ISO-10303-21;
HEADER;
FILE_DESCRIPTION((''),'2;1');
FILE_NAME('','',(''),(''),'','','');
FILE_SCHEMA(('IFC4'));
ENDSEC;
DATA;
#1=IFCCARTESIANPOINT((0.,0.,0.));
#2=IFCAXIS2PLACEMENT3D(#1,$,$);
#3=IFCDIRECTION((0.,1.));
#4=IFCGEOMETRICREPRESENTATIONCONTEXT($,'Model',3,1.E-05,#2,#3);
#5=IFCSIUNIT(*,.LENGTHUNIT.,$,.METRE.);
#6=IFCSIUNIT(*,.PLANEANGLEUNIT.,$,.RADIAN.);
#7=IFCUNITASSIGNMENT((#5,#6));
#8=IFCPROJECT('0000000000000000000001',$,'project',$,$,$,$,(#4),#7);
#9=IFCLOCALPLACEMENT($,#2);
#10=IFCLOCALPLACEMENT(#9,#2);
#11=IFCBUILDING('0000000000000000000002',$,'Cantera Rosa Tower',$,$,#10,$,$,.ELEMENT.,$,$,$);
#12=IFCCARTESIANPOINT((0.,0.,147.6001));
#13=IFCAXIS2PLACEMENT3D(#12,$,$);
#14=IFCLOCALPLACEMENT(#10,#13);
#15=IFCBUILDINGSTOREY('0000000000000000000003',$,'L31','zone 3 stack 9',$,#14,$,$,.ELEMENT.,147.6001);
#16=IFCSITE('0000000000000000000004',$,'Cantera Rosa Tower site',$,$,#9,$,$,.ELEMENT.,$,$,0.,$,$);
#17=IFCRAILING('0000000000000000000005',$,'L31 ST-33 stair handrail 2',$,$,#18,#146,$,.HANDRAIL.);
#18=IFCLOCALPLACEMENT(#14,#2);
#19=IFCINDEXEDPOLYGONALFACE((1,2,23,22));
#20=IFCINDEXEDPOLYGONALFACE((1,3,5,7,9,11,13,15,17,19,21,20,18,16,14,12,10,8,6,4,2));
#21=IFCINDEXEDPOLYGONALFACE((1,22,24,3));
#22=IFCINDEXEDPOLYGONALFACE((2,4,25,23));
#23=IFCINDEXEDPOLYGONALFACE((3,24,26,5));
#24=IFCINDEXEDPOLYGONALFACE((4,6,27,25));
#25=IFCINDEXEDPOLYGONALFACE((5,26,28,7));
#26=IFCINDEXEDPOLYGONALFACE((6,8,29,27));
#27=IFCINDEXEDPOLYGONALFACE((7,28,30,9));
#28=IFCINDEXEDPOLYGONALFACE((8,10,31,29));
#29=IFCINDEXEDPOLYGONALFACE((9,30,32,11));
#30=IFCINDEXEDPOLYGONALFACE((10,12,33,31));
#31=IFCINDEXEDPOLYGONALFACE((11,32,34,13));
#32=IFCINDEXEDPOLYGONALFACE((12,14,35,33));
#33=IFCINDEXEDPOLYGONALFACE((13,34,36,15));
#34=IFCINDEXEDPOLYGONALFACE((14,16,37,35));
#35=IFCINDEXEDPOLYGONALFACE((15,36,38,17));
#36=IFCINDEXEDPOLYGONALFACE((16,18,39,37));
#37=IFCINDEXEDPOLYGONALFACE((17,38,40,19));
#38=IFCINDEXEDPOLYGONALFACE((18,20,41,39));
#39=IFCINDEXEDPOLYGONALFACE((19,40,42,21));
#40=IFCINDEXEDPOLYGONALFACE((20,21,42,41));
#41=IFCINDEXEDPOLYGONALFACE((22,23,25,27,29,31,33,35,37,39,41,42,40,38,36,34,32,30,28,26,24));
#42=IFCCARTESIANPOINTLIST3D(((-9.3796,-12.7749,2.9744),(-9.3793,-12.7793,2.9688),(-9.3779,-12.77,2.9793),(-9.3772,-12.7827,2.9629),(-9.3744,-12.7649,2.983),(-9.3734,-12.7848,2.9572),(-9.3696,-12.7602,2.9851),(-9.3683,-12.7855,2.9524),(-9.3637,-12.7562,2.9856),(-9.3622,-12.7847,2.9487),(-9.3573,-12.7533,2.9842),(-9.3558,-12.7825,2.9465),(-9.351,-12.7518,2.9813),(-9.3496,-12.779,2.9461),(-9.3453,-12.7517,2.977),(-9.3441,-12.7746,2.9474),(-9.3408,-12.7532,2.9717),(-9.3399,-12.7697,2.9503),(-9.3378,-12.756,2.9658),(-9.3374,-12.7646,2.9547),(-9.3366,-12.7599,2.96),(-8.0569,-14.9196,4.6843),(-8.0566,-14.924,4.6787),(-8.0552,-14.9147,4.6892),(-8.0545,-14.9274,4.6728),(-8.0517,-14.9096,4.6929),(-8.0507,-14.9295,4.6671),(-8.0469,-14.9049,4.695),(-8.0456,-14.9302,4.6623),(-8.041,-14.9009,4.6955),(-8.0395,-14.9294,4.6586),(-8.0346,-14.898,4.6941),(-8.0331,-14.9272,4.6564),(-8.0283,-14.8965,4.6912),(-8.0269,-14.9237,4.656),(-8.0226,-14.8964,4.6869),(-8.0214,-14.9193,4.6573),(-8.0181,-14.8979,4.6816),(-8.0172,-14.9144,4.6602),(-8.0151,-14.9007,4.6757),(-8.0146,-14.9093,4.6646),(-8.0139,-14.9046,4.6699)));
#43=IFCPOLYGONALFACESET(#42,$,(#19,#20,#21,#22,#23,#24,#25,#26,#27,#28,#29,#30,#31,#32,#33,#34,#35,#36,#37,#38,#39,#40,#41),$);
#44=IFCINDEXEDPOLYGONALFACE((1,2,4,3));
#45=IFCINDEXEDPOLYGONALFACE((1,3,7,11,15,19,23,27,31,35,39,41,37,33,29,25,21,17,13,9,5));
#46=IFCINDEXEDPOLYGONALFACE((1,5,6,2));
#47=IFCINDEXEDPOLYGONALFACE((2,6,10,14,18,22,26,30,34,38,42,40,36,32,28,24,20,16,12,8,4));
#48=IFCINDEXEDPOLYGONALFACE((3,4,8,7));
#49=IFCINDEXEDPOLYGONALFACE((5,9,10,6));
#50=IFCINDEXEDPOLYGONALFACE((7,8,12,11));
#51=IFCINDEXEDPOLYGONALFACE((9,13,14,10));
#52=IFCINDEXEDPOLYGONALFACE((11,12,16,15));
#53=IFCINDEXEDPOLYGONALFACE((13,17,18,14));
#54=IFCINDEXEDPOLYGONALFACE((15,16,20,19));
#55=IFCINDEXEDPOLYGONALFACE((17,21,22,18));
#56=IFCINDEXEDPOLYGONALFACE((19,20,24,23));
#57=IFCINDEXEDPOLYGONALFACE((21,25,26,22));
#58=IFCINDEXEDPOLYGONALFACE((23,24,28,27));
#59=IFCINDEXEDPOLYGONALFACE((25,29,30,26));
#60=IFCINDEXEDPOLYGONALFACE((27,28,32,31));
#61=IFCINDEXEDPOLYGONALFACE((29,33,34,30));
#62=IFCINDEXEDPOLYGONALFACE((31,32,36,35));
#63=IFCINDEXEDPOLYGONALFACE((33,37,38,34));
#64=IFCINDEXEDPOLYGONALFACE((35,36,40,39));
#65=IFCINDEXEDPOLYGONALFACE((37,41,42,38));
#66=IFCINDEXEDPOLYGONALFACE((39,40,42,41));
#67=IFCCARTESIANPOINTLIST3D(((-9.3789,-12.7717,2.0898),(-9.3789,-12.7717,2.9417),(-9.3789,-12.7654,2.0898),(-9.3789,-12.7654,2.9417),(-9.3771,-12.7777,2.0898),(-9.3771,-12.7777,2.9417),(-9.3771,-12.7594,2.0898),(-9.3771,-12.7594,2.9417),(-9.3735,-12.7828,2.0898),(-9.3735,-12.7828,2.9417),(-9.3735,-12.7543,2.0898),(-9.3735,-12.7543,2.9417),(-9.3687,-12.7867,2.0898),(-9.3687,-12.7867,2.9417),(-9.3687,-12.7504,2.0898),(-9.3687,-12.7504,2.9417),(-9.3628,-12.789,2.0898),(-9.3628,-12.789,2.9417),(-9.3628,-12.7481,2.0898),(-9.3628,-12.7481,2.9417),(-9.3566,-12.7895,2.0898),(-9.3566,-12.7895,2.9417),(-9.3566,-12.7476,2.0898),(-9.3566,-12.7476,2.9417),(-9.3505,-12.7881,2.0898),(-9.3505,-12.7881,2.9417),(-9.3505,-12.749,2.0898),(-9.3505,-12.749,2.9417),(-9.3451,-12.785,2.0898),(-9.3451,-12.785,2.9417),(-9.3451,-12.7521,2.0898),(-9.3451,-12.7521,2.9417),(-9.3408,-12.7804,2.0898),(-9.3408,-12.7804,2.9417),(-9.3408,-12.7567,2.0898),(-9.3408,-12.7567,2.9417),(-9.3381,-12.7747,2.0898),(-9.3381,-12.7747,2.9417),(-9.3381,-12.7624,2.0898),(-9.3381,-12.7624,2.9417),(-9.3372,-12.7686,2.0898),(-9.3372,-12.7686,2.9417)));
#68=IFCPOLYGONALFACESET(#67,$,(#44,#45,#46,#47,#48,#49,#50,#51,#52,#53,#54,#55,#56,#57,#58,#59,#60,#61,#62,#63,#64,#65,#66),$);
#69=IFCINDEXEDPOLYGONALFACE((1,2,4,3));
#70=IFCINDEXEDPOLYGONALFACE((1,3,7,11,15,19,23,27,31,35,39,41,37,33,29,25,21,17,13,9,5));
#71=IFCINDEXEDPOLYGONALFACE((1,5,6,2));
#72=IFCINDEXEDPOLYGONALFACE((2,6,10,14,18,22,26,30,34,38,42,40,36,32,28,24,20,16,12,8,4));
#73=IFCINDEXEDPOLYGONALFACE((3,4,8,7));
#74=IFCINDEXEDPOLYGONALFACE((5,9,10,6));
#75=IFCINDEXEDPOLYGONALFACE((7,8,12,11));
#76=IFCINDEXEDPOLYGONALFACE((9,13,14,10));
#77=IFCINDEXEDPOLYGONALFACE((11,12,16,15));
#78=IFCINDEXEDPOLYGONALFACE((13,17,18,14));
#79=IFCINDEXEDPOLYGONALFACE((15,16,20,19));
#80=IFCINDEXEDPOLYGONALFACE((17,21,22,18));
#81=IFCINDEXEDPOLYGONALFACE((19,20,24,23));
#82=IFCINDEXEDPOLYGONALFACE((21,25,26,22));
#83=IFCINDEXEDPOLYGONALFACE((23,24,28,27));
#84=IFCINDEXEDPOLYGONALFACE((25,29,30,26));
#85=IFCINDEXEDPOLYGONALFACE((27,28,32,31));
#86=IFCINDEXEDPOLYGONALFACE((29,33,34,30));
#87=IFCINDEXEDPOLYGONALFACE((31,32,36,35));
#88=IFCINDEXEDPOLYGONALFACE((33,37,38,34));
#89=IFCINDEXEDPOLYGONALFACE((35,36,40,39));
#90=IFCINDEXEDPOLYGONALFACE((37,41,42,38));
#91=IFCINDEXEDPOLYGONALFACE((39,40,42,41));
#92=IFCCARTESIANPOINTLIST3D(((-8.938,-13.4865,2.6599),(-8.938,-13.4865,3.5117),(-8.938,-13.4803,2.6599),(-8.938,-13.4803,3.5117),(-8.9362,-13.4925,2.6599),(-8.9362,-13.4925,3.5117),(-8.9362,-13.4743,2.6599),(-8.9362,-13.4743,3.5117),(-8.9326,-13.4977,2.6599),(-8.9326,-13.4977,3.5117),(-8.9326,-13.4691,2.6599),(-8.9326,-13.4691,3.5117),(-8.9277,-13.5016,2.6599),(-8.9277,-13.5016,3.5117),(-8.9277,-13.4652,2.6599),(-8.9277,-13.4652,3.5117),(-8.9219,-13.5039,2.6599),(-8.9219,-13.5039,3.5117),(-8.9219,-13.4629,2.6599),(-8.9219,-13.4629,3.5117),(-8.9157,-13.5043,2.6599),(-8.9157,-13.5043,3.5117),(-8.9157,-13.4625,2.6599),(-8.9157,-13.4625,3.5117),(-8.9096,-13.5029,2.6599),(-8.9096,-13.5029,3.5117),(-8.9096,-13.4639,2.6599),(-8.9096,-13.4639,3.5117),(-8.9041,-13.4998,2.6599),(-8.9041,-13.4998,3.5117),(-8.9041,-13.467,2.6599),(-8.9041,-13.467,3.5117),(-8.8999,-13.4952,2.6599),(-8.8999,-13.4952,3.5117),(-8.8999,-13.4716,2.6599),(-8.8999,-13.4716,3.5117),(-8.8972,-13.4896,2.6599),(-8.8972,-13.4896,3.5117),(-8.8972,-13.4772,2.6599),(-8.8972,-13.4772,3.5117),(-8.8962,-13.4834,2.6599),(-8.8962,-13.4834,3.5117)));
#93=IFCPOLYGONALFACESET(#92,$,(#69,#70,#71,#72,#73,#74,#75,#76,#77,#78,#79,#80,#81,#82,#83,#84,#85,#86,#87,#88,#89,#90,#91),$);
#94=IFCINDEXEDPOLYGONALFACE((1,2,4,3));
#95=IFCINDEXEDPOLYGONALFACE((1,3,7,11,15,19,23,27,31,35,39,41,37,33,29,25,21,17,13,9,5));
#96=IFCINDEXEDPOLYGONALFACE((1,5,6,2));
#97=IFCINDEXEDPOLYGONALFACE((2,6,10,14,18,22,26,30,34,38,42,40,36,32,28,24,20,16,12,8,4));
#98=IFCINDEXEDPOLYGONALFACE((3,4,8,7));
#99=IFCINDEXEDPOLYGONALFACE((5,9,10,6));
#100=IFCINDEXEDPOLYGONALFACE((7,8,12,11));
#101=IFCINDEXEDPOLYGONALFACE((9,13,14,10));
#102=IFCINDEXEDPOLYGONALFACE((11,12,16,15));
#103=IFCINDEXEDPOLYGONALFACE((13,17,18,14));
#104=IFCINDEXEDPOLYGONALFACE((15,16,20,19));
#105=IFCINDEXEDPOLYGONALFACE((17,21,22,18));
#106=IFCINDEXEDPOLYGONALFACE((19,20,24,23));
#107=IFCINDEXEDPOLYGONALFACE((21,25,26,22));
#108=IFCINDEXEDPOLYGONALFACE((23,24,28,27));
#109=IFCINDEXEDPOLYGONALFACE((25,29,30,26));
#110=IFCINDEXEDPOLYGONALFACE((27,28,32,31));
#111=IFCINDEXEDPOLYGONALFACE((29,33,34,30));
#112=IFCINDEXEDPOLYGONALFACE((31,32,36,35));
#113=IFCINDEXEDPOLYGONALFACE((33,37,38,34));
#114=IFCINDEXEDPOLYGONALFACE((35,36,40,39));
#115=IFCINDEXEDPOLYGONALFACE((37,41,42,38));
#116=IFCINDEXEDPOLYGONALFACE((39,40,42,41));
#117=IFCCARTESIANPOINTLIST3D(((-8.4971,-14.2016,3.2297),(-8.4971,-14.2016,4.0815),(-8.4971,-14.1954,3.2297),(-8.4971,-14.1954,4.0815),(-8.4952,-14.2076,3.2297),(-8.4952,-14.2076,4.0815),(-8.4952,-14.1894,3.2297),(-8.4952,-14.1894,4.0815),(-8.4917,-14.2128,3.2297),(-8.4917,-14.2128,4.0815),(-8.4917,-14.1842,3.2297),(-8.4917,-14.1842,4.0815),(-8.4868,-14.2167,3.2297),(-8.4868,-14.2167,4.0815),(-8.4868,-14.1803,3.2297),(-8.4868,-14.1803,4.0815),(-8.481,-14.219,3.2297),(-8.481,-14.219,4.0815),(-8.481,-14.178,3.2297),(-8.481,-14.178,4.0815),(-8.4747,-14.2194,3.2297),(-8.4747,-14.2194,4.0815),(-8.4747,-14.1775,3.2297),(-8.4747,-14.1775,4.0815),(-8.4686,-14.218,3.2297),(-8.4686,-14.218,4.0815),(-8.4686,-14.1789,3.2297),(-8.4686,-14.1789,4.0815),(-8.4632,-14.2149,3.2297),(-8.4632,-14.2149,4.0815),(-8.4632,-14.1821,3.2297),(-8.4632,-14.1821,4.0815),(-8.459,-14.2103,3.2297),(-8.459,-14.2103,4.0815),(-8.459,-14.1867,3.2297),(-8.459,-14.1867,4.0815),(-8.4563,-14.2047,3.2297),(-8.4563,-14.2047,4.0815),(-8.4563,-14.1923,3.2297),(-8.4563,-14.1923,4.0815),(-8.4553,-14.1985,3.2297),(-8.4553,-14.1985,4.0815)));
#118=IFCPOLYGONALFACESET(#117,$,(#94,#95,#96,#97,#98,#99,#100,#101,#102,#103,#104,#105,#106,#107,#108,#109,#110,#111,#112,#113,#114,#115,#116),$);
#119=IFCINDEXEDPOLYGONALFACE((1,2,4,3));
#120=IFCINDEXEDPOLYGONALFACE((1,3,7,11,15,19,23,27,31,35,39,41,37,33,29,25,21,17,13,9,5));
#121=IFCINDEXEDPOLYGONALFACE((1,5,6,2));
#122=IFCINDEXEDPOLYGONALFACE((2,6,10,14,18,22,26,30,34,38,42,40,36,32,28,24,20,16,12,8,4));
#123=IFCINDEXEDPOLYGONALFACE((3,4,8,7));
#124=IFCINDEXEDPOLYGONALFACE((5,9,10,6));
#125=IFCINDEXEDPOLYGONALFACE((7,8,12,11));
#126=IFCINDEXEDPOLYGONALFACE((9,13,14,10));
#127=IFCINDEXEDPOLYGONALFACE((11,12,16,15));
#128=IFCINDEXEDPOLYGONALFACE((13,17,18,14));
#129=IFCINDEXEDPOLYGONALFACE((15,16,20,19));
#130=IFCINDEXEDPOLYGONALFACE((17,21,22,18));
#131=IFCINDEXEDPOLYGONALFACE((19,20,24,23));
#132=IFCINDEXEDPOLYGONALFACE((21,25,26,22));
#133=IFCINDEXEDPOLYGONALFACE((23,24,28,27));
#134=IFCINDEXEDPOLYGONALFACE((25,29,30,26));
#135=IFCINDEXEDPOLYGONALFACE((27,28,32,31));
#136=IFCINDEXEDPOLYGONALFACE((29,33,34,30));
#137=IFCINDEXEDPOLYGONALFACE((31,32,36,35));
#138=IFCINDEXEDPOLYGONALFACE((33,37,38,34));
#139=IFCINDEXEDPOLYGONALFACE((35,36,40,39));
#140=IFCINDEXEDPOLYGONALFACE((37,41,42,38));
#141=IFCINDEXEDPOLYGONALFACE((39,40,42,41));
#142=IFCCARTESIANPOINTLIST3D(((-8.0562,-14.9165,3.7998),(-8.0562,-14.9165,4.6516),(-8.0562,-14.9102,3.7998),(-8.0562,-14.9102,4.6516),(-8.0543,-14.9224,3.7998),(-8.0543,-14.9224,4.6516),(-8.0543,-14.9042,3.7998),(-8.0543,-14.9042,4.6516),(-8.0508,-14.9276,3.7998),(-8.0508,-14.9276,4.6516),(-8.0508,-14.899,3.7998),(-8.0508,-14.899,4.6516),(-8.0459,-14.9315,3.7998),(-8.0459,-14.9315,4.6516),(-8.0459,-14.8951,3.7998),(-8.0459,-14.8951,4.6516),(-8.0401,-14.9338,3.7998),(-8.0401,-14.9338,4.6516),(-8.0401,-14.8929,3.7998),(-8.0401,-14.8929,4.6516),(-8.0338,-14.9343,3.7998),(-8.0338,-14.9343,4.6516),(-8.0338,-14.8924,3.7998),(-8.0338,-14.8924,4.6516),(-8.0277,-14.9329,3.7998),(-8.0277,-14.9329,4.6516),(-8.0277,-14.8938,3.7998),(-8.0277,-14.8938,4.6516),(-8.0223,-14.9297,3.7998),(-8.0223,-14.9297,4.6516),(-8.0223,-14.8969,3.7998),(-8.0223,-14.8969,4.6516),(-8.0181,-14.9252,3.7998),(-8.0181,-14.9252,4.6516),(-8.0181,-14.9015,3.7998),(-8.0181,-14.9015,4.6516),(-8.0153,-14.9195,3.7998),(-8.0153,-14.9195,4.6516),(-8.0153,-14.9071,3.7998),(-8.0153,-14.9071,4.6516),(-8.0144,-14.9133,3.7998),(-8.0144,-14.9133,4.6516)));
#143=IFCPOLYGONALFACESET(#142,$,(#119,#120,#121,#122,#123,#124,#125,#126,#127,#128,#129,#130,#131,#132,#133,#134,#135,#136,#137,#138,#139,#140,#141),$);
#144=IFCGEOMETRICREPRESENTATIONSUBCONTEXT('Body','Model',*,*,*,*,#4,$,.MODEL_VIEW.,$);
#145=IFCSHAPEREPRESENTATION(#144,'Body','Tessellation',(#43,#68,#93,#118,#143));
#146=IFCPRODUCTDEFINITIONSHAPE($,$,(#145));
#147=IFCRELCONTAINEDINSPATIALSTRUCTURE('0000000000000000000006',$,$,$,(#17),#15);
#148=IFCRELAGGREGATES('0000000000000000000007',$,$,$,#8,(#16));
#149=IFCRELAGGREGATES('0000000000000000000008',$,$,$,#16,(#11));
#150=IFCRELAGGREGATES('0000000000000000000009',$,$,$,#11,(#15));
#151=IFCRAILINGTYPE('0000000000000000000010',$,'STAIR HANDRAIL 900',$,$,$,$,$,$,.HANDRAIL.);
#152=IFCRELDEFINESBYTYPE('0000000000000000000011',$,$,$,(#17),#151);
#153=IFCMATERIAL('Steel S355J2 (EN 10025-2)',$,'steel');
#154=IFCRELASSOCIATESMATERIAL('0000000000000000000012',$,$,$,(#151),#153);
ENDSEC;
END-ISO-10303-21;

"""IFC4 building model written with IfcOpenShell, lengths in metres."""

from ifc_helpers import new_model, si_unit, direction, frame, origin, origin_2d, place, context, subcontext, project, spatial, circle, extrude, material, type_object, element, save


model = new_model("IFC4")

# Units and contexts
model_context = context("Model", 3, precision=1e-05, world=origin(), true_north=direction((0.0, 1.0)))
body_context = subcontext(model_context, "Body", "Model", "MODEL_VIEW")
ifc_project = project(units=[si_unit("LENGTHUNIT", "METRE"), si_unit("PLANEANGLEUNIT", "RADIAN")], contexts=[model_context])

# Site, building, storey
site_placement = place(None, origin())
site = spatial("IfcSite", under=ifc_project, at=site_placement, Name="Cantera Rosa Tower site", CompositionType="ELEMENT", RefElevation=0.0)
building_placement = place(site_placement, origin())
building = spatial("IfcBuilding", under=site, at=building_placement, Name="Cantera Rosa Tower", CompositionType="ELEMENT")
storey_placement = place(building_placement, frame((0.0, 0.0, 147.6001)))
storey = spatial("IfcBuildingStorey", under=building, at=storey_placement, Name="L31", Description="zone 3 stack 9", CompositionType="ELEMENT", Elevation=147.6001)

# Railing
ifc_material_1 = material(Name="Steel S355J2 (EN 10025-2)", Category="steel")
railing_type_1 = type_object("IfcRailingType", Name="STAIR HANDRAIL 900", PredefinedType="HANDRAIL", material=ifc_material_1)
railing_1_placement = place(storey_placement, frame((-9.3582, -12.7686, 2.0898)))
element("IfcRailing", 1, at=railing_1_placement, inside=storey, type_object=railing_type_1, Name="L31 ST-33 stair handrail 2", PredefinedType="HANDRAIL", context=body_context, shape_type="SweptSolid", body=[
    extrude(circle(Radius=0.0239, at=origin_2d()), frame((0.0, 0.0, 0.876), z_axis=(0.434363, -0.704296, 0.561513), x_axis=(0.851146, 0.52493, 0.0)), (0.0, 0.0, 1.0), 3.0452),
    extrude(circle(Radius=0.021, at=origin_2d()), origin(), (0.0, 0.0, 1.0), 0.8518),
    extrude(circle(Radius=0.021, at=origin_2d()), frame((0.4409, -0.7148, 0.5701)), (0.0, 0.0, 1.0), 0.8518),
    extrude(circle(Radius=0.021, at=origin_2d()), frame((0.8818, -1.4299, 1.1399)), (0.0, 0.0, 1.0), 0.8518),
    extrude(circle(Radius=0.021, at=origin_2d()), frame((1.3228, -2.1448, 1.71)), (0.0, 0.0, 1.0), 0.8518),
])

save(model, "model.ifc")
